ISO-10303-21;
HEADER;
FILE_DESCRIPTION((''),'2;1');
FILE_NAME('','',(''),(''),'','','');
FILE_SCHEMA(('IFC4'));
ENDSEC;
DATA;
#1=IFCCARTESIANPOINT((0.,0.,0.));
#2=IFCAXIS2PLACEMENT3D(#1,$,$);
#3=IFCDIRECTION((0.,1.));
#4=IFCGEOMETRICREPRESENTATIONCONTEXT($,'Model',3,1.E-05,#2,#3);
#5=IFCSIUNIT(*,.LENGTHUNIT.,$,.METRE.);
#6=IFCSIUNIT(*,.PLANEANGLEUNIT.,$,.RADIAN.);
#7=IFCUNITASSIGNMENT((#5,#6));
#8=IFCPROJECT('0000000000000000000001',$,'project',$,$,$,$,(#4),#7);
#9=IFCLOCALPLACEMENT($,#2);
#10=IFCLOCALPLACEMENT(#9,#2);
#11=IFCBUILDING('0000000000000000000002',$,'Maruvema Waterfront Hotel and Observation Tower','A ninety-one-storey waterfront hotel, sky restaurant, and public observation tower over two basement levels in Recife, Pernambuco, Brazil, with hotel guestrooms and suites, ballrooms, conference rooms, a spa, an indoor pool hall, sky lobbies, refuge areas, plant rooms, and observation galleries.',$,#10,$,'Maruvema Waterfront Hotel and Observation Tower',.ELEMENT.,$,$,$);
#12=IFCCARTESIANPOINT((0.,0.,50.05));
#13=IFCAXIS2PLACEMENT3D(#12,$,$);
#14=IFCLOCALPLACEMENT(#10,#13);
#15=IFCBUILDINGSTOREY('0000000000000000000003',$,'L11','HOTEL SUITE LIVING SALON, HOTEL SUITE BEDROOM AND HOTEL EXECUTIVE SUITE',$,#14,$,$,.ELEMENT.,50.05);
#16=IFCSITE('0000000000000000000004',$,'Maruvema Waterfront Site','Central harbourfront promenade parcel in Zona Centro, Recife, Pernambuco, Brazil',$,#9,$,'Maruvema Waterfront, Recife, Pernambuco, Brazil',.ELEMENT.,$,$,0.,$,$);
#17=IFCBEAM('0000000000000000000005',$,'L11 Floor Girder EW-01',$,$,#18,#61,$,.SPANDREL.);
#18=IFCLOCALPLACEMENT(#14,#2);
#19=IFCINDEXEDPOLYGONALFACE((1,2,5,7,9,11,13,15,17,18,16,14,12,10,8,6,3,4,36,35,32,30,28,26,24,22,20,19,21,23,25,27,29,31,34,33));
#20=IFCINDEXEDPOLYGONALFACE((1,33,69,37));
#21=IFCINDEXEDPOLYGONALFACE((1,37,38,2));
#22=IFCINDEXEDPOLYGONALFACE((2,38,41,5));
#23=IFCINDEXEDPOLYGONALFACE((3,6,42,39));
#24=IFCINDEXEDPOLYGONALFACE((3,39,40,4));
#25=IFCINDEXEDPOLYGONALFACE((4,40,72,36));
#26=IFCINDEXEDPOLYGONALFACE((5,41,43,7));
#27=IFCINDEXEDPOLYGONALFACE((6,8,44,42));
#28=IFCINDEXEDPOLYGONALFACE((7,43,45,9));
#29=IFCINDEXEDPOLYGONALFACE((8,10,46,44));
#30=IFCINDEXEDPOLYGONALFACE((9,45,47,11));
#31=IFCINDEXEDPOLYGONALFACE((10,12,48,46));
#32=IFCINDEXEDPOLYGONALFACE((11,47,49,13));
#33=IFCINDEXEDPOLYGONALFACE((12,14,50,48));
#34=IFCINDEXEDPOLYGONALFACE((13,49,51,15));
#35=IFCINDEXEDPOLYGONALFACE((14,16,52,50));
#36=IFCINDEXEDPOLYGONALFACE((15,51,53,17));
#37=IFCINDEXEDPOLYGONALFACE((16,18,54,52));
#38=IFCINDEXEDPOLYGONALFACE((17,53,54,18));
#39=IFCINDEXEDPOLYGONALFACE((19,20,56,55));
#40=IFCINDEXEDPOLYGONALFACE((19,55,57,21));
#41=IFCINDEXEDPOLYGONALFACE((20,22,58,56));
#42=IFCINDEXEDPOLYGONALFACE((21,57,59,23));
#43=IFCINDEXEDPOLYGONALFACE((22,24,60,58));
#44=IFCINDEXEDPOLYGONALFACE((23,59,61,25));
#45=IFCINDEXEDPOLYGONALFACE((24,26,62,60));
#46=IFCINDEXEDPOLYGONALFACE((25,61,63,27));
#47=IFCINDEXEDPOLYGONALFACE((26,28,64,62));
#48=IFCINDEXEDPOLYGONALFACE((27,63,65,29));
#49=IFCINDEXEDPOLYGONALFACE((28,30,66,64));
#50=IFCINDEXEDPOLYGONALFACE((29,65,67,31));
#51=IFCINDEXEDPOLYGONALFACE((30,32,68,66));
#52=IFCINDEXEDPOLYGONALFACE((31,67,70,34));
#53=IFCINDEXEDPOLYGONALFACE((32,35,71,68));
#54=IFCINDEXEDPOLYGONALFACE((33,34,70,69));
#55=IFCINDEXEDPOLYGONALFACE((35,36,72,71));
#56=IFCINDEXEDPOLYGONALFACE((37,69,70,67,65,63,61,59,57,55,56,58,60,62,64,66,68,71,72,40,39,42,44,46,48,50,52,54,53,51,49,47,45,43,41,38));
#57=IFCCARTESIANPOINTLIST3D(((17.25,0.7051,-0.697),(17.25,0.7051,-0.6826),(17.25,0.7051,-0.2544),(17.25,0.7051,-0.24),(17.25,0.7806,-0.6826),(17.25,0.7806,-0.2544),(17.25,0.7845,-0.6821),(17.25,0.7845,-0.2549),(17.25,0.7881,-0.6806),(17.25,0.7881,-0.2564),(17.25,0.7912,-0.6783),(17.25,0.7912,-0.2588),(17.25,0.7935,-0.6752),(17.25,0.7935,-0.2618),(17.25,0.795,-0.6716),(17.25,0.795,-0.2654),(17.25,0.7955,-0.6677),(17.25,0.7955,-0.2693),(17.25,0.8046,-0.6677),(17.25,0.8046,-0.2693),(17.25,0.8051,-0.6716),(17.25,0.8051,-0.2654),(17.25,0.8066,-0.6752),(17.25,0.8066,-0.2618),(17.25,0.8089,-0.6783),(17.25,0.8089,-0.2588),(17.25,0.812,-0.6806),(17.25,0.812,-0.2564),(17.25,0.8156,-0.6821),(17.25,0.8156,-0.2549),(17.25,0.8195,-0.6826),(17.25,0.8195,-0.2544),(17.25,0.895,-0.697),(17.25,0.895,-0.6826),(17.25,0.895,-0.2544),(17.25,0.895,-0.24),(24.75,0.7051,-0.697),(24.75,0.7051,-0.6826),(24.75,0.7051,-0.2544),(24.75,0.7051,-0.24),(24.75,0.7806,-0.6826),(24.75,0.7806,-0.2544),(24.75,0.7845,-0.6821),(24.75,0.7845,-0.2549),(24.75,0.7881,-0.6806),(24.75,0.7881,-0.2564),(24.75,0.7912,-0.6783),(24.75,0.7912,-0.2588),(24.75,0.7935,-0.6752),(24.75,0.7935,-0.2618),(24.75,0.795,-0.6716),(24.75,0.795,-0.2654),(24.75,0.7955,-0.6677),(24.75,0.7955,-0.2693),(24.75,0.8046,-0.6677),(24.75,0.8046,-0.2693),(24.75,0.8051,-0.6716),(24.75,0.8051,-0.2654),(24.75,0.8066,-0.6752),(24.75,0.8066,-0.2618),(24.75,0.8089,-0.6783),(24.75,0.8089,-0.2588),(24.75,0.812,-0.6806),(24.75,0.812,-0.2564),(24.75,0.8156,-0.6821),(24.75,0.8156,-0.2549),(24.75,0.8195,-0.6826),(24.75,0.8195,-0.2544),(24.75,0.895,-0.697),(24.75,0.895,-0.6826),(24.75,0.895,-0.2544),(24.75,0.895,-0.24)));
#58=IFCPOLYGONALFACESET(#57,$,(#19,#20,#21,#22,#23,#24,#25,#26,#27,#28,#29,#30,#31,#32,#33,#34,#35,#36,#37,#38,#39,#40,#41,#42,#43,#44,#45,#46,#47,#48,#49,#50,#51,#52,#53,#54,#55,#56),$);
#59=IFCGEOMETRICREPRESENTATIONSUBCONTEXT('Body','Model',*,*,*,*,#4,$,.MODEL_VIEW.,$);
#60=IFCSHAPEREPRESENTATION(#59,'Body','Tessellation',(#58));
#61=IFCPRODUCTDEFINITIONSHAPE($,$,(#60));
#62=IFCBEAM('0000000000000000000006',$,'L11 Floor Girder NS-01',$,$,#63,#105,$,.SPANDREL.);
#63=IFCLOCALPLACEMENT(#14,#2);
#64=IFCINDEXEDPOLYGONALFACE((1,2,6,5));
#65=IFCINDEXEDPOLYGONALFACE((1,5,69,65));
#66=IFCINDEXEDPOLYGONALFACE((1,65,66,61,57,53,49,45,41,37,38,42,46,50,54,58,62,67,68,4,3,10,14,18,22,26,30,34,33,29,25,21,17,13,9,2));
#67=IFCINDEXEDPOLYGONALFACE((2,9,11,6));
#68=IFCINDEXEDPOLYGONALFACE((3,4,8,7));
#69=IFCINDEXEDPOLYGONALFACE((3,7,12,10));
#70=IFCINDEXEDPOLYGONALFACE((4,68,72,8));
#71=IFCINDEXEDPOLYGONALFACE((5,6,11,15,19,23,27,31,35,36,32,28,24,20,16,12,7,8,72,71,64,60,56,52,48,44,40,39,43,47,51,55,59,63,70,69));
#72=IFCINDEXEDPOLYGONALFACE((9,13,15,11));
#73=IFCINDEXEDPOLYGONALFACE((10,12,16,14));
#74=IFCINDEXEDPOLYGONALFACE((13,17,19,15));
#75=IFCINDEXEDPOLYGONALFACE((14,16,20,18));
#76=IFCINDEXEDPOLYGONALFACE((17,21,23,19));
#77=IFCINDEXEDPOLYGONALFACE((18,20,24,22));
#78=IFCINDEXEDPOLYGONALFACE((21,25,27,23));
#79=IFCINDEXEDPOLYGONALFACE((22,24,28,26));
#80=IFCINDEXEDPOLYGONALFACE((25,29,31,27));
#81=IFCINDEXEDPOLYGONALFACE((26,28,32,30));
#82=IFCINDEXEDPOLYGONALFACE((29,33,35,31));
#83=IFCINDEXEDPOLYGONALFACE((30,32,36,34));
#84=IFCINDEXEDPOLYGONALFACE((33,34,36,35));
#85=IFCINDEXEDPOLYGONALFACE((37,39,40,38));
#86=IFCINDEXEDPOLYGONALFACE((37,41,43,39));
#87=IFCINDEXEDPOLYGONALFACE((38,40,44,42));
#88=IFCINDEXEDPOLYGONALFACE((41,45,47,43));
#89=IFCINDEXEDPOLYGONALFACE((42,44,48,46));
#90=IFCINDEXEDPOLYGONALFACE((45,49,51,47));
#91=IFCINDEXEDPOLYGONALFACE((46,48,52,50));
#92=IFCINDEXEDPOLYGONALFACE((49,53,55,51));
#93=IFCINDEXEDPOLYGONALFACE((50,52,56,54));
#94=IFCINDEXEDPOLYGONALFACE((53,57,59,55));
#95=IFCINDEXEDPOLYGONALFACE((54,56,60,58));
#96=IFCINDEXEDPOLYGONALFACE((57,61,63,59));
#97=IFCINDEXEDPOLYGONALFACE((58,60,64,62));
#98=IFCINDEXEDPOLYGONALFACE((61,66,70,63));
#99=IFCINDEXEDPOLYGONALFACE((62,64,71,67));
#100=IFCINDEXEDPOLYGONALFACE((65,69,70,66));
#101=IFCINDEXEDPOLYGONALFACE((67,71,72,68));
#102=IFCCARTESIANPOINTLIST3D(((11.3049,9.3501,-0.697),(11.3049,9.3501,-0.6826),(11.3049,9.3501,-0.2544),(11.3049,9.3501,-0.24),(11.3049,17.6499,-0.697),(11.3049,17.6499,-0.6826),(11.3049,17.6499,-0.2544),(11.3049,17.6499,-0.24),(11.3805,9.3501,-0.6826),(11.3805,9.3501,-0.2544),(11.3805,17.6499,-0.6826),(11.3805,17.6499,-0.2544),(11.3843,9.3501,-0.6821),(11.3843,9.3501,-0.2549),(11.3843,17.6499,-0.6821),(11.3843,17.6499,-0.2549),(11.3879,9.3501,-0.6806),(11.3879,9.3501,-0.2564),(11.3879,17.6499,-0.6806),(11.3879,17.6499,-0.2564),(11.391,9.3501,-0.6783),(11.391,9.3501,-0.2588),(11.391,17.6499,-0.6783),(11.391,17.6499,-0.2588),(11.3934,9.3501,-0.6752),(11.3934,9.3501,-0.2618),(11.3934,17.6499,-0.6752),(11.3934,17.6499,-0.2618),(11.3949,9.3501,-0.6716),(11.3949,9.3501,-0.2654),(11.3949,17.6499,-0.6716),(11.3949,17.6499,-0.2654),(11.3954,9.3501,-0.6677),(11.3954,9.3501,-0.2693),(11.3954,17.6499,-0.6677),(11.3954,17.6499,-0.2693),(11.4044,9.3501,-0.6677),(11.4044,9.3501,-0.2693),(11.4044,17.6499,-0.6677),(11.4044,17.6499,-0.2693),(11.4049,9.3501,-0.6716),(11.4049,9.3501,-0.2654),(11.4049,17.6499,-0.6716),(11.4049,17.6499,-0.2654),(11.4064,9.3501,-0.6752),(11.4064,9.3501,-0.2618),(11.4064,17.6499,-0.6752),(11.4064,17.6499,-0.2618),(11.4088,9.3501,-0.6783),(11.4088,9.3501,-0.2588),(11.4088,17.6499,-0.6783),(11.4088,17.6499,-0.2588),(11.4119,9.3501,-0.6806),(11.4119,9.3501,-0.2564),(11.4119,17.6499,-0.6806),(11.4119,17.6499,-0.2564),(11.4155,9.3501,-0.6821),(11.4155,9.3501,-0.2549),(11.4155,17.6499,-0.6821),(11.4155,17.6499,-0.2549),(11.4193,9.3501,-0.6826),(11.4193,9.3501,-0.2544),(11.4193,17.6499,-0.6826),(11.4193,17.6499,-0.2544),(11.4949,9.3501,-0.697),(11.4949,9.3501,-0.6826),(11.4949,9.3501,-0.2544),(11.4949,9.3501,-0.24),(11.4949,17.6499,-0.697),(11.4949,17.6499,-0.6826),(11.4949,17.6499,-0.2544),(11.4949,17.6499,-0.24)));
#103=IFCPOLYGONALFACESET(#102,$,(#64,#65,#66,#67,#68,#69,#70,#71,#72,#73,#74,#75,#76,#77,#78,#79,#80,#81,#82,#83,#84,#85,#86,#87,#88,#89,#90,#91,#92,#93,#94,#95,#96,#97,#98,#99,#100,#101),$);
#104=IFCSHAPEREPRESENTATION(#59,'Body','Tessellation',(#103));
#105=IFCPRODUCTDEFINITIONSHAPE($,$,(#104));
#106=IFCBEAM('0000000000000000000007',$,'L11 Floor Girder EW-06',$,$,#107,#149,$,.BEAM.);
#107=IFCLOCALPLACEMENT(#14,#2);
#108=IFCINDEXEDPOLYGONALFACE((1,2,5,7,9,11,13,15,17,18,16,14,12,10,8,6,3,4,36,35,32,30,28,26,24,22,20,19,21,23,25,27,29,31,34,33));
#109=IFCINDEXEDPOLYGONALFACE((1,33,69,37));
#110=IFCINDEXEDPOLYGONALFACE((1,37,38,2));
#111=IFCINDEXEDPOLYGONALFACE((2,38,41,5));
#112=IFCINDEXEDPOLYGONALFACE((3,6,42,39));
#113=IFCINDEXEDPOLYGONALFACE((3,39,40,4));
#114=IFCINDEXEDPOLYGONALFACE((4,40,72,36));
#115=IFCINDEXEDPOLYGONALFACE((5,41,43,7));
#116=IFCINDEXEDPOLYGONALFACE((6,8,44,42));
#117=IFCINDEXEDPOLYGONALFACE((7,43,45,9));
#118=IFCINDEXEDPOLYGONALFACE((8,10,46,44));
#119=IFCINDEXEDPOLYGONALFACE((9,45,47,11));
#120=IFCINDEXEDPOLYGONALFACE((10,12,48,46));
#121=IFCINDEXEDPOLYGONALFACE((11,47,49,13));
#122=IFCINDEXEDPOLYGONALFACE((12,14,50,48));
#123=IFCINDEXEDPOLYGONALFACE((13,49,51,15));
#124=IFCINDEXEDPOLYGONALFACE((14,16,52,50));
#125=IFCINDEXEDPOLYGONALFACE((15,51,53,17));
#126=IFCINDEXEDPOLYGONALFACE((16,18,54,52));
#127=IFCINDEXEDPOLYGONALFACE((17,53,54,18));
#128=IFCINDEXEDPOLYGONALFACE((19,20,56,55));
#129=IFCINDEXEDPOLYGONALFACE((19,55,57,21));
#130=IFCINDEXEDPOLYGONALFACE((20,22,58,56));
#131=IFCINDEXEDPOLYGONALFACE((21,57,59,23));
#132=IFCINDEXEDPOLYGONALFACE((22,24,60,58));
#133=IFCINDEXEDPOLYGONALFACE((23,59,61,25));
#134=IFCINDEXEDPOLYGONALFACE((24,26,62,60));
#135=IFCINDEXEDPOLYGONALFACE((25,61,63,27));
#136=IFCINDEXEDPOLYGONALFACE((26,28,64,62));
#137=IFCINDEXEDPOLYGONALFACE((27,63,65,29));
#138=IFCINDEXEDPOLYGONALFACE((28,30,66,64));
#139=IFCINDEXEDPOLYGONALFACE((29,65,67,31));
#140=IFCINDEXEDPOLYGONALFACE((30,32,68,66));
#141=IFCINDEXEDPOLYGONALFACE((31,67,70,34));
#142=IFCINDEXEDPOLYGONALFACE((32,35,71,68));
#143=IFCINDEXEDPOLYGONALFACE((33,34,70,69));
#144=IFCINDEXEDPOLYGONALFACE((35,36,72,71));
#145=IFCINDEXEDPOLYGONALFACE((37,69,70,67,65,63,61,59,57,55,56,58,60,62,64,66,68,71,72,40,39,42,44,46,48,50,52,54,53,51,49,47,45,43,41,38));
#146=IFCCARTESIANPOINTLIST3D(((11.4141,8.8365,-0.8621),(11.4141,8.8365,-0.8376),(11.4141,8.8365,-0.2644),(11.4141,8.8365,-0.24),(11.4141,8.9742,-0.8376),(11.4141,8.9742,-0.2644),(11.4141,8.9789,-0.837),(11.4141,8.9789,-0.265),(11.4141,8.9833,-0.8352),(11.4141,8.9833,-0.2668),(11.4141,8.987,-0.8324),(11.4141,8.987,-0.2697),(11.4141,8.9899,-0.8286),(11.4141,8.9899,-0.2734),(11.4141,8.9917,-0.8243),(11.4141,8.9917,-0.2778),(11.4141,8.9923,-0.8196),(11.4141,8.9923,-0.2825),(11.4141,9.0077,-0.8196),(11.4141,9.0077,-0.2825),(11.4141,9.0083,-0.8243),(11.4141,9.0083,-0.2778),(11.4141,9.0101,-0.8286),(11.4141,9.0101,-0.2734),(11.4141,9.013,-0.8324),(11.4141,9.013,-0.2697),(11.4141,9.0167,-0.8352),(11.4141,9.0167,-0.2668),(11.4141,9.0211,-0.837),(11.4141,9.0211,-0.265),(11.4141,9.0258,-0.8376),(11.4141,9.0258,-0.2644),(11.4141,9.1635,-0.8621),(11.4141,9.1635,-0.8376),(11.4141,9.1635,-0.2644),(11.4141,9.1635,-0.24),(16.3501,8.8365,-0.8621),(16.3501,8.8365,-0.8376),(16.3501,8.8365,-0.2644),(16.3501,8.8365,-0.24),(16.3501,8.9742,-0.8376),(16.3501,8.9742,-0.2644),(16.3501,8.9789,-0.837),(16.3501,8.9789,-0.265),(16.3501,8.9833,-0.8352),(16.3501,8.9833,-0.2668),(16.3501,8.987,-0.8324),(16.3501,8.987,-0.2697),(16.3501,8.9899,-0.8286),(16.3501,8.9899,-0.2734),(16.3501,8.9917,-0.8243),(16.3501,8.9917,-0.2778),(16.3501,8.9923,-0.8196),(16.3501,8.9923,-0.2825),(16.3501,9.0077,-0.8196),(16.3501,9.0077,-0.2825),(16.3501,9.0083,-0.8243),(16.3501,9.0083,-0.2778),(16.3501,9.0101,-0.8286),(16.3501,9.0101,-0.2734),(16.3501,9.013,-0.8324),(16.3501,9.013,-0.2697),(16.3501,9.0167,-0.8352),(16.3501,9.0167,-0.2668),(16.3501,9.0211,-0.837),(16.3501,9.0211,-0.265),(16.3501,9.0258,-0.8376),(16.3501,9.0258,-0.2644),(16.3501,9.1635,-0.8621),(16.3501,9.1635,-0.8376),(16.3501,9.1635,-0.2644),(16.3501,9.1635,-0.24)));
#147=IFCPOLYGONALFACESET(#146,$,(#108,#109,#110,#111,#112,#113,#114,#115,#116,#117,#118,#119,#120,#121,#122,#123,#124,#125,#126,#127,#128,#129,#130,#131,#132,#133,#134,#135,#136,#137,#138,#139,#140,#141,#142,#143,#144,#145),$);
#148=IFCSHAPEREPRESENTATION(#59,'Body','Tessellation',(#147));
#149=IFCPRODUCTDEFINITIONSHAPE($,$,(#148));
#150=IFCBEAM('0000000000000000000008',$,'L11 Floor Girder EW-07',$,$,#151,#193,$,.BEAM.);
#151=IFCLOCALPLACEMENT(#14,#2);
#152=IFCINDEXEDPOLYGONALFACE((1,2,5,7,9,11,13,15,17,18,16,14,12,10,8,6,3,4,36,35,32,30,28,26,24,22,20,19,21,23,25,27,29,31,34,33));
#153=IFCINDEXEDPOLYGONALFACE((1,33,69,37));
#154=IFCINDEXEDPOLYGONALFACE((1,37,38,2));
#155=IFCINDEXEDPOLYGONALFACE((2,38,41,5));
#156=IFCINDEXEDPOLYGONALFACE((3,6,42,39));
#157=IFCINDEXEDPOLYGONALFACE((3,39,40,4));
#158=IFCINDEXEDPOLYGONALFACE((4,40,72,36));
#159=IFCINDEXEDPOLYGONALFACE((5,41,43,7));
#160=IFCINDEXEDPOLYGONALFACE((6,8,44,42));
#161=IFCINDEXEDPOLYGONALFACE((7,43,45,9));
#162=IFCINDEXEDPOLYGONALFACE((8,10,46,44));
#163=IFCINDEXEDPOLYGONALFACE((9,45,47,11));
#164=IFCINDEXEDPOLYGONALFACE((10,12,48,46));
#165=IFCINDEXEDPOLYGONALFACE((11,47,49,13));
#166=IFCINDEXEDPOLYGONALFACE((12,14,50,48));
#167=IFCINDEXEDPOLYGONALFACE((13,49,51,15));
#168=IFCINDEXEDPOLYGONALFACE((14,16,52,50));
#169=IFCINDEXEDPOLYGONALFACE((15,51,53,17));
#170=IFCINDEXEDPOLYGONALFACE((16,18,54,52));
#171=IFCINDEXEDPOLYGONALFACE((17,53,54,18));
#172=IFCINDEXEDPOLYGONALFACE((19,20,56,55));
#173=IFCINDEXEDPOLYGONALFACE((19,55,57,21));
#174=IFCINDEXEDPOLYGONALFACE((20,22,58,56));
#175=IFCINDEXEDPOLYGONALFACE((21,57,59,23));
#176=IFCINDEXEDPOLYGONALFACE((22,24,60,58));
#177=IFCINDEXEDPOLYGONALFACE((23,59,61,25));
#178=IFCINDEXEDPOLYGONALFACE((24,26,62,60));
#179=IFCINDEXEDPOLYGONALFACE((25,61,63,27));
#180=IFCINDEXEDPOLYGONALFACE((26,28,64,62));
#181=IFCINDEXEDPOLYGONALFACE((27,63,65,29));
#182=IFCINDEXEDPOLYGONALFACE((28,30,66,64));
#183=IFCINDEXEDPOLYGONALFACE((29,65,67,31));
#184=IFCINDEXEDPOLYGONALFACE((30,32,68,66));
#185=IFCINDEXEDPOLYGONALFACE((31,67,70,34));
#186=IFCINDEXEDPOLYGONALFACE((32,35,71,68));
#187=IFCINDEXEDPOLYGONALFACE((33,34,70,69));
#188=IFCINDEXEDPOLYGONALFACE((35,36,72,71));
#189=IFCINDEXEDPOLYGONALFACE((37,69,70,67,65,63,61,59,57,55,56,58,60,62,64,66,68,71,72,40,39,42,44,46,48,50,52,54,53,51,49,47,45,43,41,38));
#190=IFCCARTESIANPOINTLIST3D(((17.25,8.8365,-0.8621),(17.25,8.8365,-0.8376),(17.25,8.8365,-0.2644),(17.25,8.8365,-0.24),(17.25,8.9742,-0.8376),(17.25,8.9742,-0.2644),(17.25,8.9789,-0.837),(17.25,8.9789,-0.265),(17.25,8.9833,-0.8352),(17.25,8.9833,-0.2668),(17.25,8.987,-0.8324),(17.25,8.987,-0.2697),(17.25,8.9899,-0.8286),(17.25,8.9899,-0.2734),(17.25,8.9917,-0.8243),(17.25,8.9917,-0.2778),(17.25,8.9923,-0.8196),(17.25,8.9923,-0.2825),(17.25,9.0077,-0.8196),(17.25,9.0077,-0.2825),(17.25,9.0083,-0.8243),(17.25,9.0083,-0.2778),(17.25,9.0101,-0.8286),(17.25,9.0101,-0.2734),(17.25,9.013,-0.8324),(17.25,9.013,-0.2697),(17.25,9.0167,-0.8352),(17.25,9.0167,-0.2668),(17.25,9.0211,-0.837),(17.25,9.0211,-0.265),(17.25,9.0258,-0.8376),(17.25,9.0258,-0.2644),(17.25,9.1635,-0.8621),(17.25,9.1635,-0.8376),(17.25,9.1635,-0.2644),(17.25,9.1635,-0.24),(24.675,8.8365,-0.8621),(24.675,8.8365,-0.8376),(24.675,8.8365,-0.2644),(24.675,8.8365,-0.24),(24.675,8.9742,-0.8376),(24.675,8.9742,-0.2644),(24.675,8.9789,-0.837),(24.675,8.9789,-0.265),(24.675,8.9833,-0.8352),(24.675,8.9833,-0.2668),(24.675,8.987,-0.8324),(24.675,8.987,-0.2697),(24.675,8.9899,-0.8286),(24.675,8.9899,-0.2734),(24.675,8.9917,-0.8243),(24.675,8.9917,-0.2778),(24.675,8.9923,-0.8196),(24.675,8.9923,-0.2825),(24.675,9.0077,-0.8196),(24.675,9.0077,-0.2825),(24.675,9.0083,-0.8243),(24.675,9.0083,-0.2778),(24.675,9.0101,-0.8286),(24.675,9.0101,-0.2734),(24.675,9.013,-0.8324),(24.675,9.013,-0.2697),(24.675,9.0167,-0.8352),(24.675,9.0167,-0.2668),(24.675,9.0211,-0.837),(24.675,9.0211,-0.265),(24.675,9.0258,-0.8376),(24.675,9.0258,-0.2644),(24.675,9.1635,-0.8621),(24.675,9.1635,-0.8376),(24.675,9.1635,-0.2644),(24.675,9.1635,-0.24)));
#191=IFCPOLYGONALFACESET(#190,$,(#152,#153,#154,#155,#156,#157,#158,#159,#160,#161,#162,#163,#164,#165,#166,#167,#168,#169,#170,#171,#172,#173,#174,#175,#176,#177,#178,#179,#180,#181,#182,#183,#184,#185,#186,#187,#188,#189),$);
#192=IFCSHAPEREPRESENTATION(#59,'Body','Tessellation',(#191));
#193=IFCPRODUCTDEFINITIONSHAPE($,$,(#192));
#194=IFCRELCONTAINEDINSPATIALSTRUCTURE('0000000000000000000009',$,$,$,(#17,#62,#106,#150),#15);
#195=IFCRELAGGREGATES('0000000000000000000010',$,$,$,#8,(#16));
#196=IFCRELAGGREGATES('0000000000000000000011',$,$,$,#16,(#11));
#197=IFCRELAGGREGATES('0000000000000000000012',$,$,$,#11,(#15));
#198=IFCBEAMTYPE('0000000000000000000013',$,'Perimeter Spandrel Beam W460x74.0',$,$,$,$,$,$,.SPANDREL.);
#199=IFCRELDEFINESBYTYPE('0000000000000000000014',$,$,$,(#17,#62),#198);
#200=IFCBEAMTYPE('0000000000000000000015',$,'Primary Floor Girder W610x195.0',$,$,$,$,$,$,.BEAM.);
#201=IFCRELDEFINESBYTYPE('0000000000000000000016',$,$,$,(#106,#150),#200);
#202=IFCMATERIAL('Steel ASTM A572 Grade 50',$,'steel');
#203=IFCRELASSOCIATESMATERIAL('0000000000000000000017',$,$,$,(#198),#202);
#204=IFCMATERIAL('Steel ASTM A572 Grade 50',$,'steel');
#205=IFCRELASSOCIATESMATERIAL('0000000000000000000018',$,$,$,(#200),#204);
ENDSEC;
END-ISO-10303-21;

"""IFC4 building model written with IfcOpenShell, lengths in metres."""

from ifc_helpers import new_model, si_unit, direction, frame, origin, origin_2d, place, context, subcontext, project, spatial, i_section, extrude, material, material_profile, profile_set, type_object, element, save


model = new_model("IFC4")

# Units and contexts
model_context = context("Model", 3, precision=1e-05, world=origin(), true_north=direction((0.0, 1.0)))
body_context = subcontext(model_context, "Body", "Model", "MODEL_VIEW")
ifc_project = project(units=[si_unit("LENGTHUNIT", "METRE"), si_unit("PLANEANGLEUNIT", "RADIAN")], contexts=[model_context])

# Site, building, storey
site_placement = place(None, origin())
site = spatial("IfcSite", under=ifc_project, at=site_placement, Name="Maruvema Waterfront Site", Description="Central harbourfront promenade parcel in Zona Centro, Recife, Pernambuco, Brazil", LongName="Maruvema Waterfront, Recife, Pernambuco, Brazil", CompositionType="ELEMENT", RefElevation=0.0)
building_placement = place(site_placement, origin())
building = spatial("IfcBuilding", under=site, at=building_placement, Name="Maruvema Waterfront Hotel and Observation Tower", Description="A ninety-one-storey waterfront hotel, sky restaurant, and public observation tower over two basement levels in Recife, Pernambuco, Brazil, with hotel guestrooms and suites, ballrooms, conference rooms, a spa, an indoor pool hall, sky lobbies, refuge areas, plant rooms, and observation galleries.", LongName="Maruvema Waterfront Hotel and Observation Tower", CompositionType="ELEMENT")
storey_placement = place(building_placement, frame((0.0, 0.0, 50.05)))
storey = spatial("IfcBuildingStorey", under=building, at=storey_placement, Name="L11", Description="HOTEL SUITE LIVING SALON, HOTEL SUITE BEDROOM AND HOTEL EXECUTIVE SUITE", CompositionType="ELEMENT", Elevation=50.05)

# Beams
ifc_material_1 = material(Name="Steel ASTM A572 Grade 50", Category="steel")
ifc_material_profile_1 = material_profile(ifc_material_1, i_section(OverallWidth=0.1899, OverallDepth=0.457, WebThickness=0.009, FlangeThickness=0.0144, FilletRadius=0.0149, at=origin_2d()), Name="W460x74.0")
ifc_profile_set_1 = profile_set([ifc_material_profile_1], Name="Steel ASTM A572 Grade 50")
beam_type_1 = type_object("IfcBeamType", Name="Perimeter Spandrel Beam W460x74.0", PredefinedType="SPANDREL", material=ifc_profile_set_1)
beam_1_placement = place(storey_placement, frame((17.25, 0.8, -0.4685), z_axis=(1.0, 0.0, 0.0), x_axis=(0.0, 1.0, 0.0)))
element("IfcBeam", 1, at=beam_1_placement, inside=storey, type_object=beam_type_1, Name="L11 Floor Girder EW-01", PredefinedType="SPANDREL", context=body_context, shape_type="SweptSolid", body=[
    extrude(i_section(OverallWidth=0.1899, OverallDepth=0.457, WebThickness=0.009, FlangeThickness=0.0144, FilletRadius=0.0149, at=origin_2d()), origin(), (0.0, 0.0, 1.0), 7.5),
])
beam_2_placement = place(storey_placement, frame((11.3999, 9.3501, -0.4685), z_axis=(0.0, 1.0, 0.0), x_axis=(-1.0, 0.0, 0.0)))
element("IfcBeam", 2, at=beam_2_placement, inside=storey, type_object=beam_type_1, Name="L11 Floor Girder NS-01", PredefinedType="SPANDREL", context=body_context, shape_type="SweptSolid", body=[
    extrude(i_section(OverallWidth=0.1899, OverallDepth=0.457, WebThickness=0.009, FlangeThickness=0.0144, FilletRadius=0.0149, at=origin_2d()), origin(), (0.0, 0.0, 1.0), 8.2998),
])
ifc_material_2 = material(Name="Steel ASTM A572 Grade 50", Category="steel")
ifc_material_profile_2 = material_profile(ifc_material_2, i_section(OverallWidth=0.3269, OverallDepth=0.6221, WebThickness=0.0154, FlangeThickness=0.0244, FilletRadius=0.0181, at=origin_2d()), Name="W610x195.0")
ifc_profile_set_2 = profile_set([ifc_material_profile_2], Name="Steel ASTM A572 Grade 50")
beam_type_2 = type_object("IfcBeamType", Name="Primary Floor Girder W610x195.0", PredefinedType="BEAM", material=ifc_profile_set_2)
beam_3_placement = place(storey_placement, frame((11.4141, 9.0, -0.551), z_axis=(1.0, 0.0, 0.0), x_axis=(0.0, 1.0, 0.0)))
element("IfcBeam", 3, at=beam_3_placement, inside=storey, type_object=beam_type_2, Name="L11 Floor Girder EW-06", PredefinedType="BEAM", context=body_context, shape_type="SweptSolid", body=[
    extrude(i_section(OverallWidth=0.3269, OverallDepth=0.6221, WebThickness=0.0154, FlangeThickness=0.0244, FilletRadius=0.0181, at=origin_2d()), origin(), (0.0, 0.0, 1.0), 4.936),
])
beam_4_placement = place(storey_placement, frame((17.25, 9.0, -0.551), z_axis=(1.0, 0.0, 0.0), x_axis=(0.0, 1.0, 0.0)))
element("IfcBeam", 4, at=beam_4_placement, inside=storey, type_object=beam_type_2, Name="L11 Floor Girder EW-07", PredefinedType="BEAM", context=body_context, shape_type="SweptSolid", body=[
    extrude(i_section(OverallWidth=0.3269, OverallDepth=0.6221, WebThickness=0.0154, FlangeThickness=0.0244, FilletRadius=0.0181, at=origin_2d()), origin(), (0.0, 0.0, 1.0), 7.425),
])

save(model, "model.ifc")
